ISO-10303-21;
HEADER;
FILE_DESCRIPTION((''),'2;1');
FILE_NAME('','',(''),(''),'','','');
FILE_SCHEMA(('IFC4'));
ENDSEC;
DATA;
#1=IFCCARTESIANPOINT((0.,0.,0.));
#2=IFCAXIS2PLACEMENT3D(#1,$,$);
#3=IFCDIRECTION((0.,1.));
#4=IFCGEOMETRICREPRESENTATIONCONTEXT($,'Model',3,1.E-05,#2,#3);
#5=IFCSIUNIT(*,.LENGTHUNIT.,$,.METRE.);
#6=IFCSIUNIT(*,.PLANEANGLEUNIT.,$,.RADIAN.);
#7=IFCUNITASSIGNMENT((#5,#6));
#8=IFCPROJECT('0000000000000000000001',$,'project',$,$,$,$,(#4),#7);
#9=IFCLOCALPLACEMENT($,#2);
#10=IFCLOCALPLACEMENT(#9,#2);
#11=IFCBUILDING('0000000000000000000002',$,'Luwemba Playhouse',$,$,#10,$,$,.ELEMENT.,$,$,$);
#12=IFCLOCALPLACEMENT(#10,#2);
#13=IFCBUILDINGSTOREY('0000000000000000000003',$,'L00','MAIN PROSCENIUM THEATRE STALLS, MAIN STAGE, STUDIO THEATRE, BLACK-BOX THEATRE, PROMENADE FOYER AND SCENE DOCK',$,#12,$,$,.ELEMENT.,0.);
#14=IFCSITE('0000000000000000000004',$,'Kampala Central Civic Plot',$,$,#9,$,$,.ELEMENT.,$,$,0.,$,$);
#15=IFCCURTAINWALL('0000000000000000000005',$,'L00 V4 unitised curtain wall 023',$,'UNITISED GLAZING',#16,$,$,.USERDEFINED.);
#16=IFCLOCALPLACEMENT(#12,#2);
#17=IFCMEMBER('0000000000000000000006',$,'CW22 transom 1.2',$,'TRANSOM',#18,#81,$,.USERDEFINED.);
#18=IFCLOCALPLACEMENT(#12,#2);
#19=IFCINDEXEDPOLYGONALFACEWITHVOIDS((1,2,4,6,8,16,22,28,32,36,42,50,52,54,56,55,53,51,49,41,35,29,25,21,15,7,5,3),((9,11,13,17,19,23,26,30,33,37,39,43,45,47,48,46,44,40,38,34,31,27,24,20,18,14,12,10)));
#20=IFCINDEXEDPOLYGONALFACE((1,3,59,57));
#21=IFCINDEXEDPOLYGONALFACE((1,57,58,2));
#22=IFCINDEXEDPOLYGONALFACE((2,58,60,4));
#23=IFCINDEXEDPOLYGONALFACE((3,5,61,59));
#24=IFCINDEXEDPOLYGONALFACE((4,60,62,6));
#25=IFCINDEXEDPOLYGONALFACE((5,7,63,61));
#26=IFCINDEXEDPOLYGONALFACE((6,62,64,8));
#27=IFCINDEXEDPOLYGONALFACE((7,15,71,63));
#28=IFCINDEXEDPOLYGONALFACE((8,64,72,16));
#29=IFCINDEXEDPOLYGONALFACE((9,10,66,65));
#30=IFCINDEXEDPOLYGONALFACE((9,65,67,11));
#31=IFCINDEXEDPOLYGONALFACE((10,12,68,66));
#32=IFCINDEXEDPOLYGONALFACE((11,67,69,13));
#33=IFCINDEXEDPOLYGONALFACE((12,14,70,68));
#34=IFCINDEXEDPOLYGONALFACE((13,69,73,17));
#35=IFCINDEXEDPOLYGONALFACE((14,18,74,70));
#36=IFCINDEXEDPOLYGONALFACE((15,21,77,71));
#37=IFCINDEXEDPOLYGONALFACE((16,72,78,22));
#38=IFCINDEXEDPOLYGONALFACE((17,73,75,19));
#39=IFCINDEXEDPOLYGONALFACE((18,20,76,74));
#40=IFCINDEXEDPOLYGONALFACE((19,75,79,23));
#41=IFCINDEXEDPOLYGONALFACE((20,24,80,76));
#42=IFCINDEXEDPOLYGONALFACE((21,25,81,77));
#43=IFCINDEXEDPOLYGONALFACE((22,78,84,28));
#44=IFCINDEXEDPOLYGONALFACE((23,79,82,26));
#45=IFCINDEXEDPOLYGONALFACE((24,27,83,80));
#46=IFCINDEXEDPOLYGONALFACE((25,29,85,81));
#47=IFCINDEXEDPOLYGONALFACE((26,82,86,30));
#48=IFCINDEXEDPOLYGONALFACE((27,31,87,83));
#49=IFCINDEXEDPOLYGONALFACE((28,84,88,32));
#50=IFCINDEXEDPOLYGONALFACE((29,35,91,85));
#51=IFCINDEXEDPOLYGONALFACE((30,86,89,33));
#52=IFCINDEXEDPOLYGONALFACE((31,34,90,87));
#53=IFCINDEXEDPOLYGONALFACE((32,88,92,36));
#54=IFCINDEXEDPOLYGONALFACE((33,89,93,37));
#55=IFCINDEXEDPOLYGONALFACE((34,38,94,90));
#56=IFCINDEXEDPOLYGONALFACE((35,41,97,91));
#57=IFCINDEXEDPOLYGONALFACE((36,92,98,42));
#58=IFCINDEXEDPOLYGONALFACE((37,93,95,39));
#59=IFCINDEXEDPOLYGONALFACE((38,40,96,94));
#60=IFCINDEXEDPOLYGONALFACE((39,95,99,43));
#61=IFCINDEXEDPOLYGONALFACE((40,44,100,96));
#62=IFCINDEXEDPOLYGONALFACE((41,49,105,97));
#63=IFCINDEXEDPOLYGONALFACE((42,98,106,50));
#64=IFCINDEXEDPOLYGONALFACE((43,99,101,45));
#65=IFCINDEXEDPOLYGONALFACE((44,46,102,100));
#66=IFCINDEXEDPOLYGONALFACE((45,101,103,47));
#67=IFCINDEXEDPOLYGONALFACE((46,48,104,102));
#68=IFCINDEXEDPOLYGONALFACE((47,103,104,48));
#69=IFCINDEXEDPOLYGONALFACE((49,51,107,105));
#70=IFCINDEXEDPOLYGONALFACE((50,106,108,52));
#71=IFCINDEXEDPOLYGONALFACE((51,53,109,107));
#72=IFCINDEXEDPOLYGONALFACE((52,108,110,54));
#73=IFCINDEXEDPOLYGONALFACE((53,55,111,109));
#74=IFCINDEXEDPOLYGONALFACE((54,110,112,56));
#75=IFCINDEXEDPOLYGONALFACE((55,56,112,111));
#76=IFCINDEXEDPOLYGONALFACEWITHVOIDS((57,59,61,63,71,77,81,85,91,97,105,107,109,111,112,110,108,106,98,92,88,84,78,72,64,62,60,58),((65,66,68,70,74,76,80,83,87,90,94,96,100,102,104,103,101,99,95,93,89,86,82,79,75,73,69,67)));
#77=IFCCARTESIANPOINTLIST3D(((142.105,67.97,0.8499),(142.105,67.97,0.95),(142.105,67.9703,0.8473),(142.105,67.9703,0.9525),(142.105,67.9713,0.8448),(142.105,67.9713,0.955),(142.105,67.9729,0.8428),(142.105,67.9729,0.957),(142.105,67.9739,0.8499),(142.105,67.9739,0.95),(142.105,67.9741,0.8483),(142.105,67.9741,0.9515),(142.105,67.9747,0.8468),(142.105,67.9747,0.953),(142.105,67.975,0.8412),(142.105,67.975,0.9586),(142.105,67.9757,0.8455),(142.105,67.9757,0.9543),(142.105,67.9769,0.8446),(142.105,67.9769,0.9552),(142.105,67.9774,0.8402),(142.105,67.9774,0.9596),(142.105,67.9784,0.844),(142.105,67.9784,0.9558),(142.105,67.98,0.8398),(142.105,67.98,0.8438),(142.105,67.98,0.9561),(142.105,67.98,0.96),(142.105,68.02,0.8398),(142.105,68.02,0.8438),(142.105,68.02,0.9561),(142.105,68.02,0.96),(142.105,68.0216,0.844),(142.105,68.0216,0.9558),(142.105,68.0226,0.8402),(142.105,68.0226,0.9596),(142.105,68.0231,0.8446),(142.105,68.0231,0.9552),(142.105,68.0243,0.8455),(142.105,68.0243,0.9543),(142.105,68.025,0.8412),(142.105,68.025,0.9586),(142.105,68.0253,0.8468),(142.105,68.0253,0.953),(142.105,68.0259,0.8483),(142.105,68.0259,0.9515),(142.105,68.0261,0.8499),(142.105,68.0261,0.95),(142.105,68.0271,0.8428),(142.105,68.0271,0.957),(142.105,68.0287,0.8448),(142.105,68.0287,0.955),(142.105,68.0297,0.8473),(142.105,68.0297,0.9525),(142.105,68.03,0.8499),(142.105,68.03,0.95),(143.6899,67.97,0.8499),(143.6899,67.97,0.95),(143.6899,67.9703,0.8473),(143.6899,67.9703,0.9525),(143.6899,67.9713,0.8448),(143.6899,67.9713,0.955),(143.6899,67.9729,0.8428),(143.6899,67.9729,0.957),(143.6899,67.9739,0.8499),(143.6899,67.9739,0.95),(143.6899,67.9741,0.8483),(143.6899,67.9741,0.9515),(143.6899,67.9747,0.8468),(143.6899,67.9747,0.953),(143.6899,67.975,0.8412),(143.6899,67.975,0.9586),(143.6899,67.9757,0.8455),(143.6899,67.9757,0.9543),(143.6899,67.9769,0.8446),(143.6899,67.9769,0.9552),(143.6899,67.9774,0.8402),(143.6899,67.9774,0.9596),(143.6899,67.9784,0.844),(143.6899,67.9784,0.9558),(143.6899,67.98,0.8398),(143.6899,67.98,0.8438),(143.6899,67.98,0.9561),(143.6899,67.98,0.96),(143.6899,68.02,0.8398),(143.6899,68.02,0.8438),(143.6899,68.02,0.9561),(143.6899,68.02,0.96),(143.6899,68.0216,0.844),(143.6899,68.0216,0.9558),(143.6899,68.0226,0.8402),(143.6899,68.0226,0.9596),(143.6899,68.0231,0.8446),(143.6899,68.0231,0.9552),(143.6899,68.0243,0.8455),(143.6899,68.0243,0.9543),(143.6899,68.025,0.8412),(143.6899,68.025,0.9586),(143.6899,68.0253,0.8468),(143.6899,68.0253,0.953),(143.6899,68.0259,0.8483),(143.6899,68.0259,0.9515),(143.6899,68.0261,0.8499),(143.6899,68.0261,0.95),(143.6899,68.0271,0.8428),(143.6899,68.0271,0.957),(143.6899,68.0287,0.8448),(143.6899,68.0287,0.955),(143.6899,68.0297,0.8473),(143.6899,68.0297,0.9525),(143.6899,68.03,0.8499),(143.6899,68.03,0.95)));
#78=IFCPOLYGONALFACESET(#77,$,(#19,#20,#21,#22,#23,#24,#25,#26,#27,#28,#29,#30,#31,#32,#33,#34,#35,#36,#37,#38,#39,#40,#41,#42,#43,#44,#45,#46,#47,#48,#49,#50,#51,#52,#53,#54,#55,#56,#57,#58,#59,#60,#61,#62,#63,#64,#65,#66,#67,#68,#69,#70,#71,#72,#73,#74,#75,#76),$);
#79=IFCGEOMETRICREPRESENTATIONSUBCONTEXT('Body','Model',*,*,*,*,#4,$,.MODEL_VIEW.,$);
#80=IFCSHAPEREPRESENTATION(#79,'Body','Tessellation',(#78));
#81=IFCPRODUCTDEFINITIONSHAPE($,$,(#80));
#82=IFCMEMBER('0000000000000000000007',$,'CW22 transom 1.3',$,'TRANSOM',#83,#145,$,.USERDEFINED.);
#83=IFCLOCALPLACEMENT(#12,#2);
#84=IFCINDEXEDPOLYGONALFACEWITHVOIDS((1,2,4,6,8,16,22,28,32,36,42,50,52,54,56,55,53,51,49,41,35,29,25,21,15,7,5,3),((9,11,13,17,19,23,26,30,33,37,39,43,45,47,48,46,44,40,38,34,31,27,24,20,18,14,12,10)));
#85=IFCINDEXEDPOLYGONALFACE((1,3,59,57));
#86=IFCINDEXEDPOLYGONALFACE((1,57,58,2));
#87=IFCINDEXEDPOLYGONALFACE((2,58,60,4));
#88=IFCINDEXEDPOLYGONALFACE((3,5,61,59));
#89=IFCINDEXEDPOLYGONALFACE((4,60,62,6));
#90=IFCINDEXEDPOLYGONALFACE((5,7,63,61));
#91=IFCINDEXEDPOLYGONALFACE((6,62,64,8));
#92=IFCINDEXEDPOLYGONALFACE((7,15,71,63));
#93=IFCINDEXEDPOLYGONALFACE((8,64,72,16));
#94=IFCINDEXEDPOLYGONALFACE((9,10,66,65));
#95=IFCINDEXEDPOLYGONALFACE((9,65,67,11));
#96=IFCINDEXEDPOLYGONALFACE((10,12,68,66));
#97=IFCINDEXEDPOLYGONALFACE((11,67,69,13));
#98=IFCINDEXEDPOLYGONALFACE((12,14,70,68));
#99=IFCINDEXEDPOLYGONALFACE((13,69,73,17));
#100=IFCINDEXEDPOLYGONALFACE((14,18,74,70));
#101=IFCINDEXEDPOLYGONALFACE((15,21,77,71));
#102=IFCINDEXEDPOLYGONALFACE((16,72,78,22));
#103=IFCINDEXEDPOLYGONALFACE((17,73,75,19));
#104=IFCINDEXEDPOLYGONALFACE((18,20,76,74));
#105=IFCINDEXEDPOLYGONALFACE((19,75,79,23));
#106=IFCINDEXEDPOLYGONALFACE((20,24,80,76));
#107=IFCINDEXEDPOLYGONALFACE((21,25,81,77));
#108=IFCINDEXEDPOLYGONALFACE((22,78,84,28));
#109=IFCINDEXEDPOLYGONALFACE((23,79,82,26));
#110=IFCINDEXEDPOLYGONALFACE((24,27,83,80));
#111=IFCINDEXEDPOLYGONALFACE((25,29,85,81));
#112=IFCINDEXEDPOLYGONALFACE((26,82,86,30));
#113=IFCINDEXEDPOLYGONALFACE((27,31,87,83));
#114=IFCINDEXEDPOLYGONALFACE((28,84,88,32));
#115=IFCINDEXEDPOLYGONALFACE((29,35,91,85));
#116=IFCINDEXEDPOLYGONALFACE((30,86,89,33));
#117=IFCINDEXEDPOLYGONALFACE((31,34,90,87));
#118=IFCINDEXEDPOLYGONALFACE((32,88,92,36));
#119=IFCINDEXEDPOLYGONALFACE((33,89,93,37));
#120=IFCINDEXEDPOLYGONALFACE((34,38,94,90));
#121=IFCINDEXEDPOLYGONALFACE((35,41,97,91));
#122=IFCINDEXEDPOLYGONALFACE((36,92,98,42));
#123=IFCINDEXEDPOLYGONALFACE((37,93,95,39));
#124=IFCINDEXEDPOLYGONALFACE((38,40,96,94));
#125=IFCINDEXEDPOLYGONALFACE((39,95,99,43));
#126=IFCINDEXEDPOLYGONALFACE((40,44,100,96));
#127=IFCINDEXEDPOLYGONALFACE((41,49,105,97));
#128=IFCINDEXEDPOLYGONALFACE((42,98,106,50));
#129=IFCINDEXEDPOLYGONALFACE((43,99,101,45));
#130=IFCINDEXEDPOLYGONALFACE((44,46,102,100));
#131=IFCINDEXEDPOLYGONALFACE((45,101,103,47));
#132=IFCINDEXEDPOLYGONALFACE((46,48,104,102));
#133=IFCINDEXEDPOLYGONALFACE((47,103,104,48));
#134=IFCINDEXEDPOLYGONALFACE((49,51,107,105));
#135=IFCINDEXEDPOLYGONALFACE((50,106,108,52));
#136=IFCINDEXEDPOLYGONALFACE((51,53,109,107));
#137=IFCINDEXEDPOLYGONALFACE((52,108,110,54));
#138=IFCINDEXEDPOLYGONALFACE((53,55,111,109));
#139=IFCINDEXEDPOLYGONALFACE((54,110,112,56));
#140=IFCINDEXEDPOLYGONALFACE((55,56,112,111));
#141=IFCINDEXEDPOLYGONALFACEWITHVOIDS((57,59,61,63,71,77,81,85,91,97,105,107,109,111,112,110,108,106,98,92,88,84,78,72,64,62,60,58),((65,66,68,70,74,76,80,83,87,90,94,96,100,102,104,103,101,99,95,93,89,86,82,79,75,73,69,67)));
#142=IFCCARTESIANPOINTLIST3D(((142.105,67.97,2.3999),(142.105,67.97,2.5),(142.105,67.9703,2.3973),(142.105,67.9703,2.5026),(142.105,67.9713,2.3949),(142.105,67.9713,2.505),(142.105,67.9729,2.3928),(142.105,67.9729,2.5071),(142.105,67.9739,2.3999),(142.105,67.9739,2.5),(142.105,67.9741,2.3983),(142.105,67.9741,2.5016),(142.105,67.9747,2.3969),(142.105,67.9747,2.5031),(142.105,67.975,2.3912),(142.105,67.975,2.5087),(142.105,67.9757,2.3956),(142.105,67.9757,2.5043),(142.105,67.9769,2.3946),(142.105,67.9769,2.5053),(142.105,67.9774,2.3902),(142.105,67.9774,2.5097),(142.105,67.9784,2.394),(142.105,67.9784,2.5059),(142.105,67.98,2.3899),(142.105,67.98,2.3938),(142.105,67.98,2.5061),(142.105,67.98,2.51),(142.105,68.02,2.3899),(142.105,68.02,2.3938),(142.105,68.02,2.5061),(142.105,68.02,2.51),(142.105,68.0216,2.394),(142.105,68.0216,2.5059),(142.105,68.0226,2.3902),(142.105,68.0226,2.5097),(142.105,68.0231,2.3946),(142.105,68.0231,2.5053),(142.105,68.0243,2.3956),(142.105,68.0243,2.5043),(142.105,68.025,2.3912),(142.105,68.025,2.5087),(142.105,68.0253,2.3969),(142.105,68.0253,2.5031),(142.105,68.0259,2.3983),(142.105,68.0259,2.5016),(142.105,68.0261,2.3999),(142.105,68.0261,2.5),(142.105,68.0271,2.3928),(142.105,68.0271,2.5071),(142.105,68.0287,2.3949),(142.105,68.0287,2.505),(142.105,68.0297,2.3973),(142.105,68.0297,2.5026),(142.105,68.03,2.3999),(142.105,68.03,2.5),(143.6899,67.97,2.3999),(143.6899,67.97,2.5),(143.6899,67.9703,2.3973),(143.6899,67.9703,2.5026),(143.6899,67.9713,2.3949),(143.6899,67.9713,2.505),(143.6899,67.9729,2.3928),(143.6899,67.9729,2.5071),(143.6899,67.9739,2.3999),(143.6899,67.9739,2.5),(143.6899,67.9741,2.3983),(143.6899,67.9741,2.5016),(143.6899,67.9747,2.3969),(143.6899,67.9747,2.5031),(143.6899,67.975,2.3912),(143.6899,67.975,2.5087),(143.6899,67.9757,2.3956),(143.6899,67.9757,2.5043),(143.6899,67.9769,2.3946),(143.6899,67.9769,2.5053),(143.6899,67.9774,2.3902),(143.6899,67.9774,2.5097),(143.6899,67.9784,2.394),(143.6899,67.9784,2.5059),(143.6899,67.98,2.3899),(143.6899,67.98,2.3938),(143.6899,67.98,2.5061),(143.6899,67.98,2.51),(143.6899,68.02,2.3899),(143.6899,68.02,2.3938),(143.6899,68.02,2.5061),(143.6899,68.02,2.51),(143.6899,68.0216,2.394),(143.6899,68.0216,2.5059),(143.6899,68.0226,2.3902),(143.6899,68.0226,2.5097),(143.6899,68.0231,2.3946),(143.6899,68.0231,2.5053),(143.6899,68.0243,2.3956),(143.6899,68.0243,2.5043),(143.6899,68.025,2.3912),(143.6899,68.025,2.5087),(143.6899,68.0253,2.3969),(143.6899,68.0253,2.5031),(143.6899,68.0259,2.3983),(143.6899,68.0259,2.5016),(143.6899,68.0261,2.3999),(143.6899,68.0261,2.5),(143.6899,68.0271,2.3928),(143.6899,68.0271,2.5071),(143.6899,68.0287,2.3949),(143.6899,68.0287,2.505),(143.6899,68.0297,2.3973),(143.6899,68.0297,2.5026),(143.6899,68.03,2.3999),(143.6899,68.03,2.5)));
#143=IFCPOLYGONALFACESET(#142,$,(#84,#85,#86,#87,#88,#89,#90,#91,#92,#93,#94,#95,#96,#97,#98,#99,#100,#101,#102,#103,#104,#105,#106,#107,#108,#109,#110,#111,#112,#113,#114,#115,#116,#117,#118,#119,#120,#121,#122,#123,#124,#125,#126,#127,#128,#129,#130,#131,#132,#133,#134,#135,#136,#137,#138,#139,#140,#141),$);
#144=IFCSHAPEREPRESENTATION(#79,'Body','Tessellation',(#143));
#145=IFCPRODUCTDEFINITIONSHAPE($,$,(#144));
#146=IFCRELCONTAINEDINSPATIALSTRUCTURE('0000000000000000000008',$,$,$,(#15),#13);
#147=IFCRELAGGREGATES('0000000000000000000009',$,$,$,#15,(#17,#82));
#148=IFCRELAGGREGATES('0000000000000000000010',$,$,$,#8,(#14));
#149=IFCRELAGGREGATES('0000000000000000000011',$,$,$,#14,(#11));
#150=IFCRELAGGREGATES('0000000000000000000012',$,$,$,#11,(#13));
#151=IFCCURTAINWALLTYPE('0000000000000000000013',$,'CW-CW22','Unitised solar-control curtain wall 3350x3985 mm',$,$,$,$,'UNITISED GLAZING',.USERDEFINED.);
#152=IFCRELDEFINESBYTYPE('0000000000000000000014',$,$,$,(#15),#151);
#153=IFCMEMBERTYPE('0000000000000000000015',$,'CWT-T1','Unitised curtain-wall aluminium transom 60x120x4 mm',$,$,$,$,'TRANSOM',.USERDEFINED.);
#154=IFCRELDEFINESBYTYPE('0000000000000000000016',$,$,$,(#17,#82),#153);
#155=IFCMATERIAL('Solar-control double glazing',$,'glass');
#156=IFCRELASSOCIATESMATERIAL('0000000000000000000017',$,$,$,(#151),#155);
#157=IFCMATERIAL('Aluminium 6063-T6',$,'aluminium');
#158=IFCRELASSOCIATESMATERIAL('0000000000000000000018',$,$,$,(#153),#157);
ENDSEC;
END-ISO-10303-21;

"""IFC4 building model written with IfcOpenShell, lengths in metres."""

from ifc_helpers import new_model, si_unit, direction, frame, origin, origin_2d, place, context, subcontext, project, spatial, hollow_rectangle, extrude, material, material_profile, profile_set, type_object, element, aggregate, save


model = new_model("IFC4")

# Units and contexts
model_context = context("Model", 3, precision=1e-05, world=origin(), true_north=direction((0.0, 1.0)))
body_context = subcontext(model_context, "Body", "Model", "MODEL_VIEW")
ifc_project = project(units=[si_unit("LENGTHUNIT", "METRE"), si_unit("PLANEANGLEUNIT", "RADIAN")], contexts=[model_context])

# Site, building, storey
site_placement = place(None, origin())
site = spatial("IfcSite", under=ifc_project, at=site_placement, Name="Kampala Central Civic Plot", CompositionType="ELEMENT", RefElevation=0.0)
building_placement = place(site_placement, origin())
building = spatial("IfcBuilding", under=site, at=building_placement, Name="Luwemba Playhouse", CompositionType="ELEMENT")
storey_placement = place(building_placement, origin())
storey = spatial("IfcBuildingStorey", under=building, at=storey_placement, Name="L00", Description="MAIN PROSCENIUM THEATRE STALLS, MAIN STAGE, STUDIO THEATRE, BLACK-BOX THEATRE, PROMENADE FOYER AND SCENE DOCK", CompositionType="ELEMENT", Elevation=0.0)

# Curtain wall, members
ifc_material_1 = material(Name="Solar-control double glazing", Category="glass")
curtain_wall_type = type_object("IfcCurtainWallType", Name="CW-CW22", Description="Unitised solar-control curtain wall 3350x3985 mm", ElementType="UNITISED GLAZING", PredefinedType="USERDEFINED", material=ifc_material_1)
curtain_wall_placement = place(storey_placement, origin())
curtain_wall = element("IfcCurtainWall", 1, at=curtain_wall_placement, inside=storey, type_object=curtain_wall_type, Name="L00 V4 unitised curtain wall 023", ObjectType="UNITISED GLAZING", PredefinedType="USERDEFINED")
ifc_material_2 = material(Name="Aluminium 6063-T6", Category="aluminium")
ifc_material_profile_1 = material_profile(ifc_material_2, hollow_rectangle(XDim=0.0601, YDim=0.1201, WallThickness=0.0039, InnerFilletRadius=0.0061, OuterFilletRadius=0.01, at=origin_2d()))
ifc_profile_set_1 = profile_set([ifc_material_profile_1], Name="Aluminium 6063-T6")
member_type_1 = type_object("IfcMemberType", Name="CWT-T1", Description="Unitised curtain-wall aluminium transom 60x120x4 mm", ElementType="TRANSOM", PredefinedType="USERDEFINED", material=ifc_profile_set_1)
member_1_placement = place(storey_placement, frame((143.6899, 68.0, 0.8999), z_axis=(-1.0, 0.0, 0.0), x_axis=(0.0, -1.0, 0.0)))
member_1 = element("IfcMember", 2, at=member_1_placement, type_object=member_type_1, Name="CW22 transom 1.2", ObjectType="TRANSOM", PredefinedType="USERDEFINED", context=body_context, shape_type="SweptSolid", body=[
    extrude(hollow_rectangle(XDim=0.0601, YDim=0.1201, WallThickness=0.0039, InnerFilletRadius=0.0061, OuterFilletRadius=0.01, at=origin_2d()), origin(), (0.0, 0.0, 1.0), 1.585),
])
member_2_placement = place(storey_placement, frame((143.6899, 68.0, 2.45), z_axis=(-1.0, 0.0, 0.0), x_axis=(0.0, -1.0, 0.0)))
member_2 = element("IfcMember", 3, at=member_2_placement, type_object=member_type_1, Name="CW22 transom 1.3", ObjectType="TRANSOM", PredefinedType="USERDEFINED", context=body_context, shape_type="SweptSolid", body=[
    extrude(hollow_rectangle(XDim=0.0601, YDim=0.1201, WallThickness=0.0039, InnerFilletRadius=0.0061, OuterFilletRadius=0.01, at=origin_2d()), origin(), (0.0, 0.0, 1.0), 1.585),
])
aggregate(curtain_wall, [member_1, member_2])

save(model, "model.ifc")
